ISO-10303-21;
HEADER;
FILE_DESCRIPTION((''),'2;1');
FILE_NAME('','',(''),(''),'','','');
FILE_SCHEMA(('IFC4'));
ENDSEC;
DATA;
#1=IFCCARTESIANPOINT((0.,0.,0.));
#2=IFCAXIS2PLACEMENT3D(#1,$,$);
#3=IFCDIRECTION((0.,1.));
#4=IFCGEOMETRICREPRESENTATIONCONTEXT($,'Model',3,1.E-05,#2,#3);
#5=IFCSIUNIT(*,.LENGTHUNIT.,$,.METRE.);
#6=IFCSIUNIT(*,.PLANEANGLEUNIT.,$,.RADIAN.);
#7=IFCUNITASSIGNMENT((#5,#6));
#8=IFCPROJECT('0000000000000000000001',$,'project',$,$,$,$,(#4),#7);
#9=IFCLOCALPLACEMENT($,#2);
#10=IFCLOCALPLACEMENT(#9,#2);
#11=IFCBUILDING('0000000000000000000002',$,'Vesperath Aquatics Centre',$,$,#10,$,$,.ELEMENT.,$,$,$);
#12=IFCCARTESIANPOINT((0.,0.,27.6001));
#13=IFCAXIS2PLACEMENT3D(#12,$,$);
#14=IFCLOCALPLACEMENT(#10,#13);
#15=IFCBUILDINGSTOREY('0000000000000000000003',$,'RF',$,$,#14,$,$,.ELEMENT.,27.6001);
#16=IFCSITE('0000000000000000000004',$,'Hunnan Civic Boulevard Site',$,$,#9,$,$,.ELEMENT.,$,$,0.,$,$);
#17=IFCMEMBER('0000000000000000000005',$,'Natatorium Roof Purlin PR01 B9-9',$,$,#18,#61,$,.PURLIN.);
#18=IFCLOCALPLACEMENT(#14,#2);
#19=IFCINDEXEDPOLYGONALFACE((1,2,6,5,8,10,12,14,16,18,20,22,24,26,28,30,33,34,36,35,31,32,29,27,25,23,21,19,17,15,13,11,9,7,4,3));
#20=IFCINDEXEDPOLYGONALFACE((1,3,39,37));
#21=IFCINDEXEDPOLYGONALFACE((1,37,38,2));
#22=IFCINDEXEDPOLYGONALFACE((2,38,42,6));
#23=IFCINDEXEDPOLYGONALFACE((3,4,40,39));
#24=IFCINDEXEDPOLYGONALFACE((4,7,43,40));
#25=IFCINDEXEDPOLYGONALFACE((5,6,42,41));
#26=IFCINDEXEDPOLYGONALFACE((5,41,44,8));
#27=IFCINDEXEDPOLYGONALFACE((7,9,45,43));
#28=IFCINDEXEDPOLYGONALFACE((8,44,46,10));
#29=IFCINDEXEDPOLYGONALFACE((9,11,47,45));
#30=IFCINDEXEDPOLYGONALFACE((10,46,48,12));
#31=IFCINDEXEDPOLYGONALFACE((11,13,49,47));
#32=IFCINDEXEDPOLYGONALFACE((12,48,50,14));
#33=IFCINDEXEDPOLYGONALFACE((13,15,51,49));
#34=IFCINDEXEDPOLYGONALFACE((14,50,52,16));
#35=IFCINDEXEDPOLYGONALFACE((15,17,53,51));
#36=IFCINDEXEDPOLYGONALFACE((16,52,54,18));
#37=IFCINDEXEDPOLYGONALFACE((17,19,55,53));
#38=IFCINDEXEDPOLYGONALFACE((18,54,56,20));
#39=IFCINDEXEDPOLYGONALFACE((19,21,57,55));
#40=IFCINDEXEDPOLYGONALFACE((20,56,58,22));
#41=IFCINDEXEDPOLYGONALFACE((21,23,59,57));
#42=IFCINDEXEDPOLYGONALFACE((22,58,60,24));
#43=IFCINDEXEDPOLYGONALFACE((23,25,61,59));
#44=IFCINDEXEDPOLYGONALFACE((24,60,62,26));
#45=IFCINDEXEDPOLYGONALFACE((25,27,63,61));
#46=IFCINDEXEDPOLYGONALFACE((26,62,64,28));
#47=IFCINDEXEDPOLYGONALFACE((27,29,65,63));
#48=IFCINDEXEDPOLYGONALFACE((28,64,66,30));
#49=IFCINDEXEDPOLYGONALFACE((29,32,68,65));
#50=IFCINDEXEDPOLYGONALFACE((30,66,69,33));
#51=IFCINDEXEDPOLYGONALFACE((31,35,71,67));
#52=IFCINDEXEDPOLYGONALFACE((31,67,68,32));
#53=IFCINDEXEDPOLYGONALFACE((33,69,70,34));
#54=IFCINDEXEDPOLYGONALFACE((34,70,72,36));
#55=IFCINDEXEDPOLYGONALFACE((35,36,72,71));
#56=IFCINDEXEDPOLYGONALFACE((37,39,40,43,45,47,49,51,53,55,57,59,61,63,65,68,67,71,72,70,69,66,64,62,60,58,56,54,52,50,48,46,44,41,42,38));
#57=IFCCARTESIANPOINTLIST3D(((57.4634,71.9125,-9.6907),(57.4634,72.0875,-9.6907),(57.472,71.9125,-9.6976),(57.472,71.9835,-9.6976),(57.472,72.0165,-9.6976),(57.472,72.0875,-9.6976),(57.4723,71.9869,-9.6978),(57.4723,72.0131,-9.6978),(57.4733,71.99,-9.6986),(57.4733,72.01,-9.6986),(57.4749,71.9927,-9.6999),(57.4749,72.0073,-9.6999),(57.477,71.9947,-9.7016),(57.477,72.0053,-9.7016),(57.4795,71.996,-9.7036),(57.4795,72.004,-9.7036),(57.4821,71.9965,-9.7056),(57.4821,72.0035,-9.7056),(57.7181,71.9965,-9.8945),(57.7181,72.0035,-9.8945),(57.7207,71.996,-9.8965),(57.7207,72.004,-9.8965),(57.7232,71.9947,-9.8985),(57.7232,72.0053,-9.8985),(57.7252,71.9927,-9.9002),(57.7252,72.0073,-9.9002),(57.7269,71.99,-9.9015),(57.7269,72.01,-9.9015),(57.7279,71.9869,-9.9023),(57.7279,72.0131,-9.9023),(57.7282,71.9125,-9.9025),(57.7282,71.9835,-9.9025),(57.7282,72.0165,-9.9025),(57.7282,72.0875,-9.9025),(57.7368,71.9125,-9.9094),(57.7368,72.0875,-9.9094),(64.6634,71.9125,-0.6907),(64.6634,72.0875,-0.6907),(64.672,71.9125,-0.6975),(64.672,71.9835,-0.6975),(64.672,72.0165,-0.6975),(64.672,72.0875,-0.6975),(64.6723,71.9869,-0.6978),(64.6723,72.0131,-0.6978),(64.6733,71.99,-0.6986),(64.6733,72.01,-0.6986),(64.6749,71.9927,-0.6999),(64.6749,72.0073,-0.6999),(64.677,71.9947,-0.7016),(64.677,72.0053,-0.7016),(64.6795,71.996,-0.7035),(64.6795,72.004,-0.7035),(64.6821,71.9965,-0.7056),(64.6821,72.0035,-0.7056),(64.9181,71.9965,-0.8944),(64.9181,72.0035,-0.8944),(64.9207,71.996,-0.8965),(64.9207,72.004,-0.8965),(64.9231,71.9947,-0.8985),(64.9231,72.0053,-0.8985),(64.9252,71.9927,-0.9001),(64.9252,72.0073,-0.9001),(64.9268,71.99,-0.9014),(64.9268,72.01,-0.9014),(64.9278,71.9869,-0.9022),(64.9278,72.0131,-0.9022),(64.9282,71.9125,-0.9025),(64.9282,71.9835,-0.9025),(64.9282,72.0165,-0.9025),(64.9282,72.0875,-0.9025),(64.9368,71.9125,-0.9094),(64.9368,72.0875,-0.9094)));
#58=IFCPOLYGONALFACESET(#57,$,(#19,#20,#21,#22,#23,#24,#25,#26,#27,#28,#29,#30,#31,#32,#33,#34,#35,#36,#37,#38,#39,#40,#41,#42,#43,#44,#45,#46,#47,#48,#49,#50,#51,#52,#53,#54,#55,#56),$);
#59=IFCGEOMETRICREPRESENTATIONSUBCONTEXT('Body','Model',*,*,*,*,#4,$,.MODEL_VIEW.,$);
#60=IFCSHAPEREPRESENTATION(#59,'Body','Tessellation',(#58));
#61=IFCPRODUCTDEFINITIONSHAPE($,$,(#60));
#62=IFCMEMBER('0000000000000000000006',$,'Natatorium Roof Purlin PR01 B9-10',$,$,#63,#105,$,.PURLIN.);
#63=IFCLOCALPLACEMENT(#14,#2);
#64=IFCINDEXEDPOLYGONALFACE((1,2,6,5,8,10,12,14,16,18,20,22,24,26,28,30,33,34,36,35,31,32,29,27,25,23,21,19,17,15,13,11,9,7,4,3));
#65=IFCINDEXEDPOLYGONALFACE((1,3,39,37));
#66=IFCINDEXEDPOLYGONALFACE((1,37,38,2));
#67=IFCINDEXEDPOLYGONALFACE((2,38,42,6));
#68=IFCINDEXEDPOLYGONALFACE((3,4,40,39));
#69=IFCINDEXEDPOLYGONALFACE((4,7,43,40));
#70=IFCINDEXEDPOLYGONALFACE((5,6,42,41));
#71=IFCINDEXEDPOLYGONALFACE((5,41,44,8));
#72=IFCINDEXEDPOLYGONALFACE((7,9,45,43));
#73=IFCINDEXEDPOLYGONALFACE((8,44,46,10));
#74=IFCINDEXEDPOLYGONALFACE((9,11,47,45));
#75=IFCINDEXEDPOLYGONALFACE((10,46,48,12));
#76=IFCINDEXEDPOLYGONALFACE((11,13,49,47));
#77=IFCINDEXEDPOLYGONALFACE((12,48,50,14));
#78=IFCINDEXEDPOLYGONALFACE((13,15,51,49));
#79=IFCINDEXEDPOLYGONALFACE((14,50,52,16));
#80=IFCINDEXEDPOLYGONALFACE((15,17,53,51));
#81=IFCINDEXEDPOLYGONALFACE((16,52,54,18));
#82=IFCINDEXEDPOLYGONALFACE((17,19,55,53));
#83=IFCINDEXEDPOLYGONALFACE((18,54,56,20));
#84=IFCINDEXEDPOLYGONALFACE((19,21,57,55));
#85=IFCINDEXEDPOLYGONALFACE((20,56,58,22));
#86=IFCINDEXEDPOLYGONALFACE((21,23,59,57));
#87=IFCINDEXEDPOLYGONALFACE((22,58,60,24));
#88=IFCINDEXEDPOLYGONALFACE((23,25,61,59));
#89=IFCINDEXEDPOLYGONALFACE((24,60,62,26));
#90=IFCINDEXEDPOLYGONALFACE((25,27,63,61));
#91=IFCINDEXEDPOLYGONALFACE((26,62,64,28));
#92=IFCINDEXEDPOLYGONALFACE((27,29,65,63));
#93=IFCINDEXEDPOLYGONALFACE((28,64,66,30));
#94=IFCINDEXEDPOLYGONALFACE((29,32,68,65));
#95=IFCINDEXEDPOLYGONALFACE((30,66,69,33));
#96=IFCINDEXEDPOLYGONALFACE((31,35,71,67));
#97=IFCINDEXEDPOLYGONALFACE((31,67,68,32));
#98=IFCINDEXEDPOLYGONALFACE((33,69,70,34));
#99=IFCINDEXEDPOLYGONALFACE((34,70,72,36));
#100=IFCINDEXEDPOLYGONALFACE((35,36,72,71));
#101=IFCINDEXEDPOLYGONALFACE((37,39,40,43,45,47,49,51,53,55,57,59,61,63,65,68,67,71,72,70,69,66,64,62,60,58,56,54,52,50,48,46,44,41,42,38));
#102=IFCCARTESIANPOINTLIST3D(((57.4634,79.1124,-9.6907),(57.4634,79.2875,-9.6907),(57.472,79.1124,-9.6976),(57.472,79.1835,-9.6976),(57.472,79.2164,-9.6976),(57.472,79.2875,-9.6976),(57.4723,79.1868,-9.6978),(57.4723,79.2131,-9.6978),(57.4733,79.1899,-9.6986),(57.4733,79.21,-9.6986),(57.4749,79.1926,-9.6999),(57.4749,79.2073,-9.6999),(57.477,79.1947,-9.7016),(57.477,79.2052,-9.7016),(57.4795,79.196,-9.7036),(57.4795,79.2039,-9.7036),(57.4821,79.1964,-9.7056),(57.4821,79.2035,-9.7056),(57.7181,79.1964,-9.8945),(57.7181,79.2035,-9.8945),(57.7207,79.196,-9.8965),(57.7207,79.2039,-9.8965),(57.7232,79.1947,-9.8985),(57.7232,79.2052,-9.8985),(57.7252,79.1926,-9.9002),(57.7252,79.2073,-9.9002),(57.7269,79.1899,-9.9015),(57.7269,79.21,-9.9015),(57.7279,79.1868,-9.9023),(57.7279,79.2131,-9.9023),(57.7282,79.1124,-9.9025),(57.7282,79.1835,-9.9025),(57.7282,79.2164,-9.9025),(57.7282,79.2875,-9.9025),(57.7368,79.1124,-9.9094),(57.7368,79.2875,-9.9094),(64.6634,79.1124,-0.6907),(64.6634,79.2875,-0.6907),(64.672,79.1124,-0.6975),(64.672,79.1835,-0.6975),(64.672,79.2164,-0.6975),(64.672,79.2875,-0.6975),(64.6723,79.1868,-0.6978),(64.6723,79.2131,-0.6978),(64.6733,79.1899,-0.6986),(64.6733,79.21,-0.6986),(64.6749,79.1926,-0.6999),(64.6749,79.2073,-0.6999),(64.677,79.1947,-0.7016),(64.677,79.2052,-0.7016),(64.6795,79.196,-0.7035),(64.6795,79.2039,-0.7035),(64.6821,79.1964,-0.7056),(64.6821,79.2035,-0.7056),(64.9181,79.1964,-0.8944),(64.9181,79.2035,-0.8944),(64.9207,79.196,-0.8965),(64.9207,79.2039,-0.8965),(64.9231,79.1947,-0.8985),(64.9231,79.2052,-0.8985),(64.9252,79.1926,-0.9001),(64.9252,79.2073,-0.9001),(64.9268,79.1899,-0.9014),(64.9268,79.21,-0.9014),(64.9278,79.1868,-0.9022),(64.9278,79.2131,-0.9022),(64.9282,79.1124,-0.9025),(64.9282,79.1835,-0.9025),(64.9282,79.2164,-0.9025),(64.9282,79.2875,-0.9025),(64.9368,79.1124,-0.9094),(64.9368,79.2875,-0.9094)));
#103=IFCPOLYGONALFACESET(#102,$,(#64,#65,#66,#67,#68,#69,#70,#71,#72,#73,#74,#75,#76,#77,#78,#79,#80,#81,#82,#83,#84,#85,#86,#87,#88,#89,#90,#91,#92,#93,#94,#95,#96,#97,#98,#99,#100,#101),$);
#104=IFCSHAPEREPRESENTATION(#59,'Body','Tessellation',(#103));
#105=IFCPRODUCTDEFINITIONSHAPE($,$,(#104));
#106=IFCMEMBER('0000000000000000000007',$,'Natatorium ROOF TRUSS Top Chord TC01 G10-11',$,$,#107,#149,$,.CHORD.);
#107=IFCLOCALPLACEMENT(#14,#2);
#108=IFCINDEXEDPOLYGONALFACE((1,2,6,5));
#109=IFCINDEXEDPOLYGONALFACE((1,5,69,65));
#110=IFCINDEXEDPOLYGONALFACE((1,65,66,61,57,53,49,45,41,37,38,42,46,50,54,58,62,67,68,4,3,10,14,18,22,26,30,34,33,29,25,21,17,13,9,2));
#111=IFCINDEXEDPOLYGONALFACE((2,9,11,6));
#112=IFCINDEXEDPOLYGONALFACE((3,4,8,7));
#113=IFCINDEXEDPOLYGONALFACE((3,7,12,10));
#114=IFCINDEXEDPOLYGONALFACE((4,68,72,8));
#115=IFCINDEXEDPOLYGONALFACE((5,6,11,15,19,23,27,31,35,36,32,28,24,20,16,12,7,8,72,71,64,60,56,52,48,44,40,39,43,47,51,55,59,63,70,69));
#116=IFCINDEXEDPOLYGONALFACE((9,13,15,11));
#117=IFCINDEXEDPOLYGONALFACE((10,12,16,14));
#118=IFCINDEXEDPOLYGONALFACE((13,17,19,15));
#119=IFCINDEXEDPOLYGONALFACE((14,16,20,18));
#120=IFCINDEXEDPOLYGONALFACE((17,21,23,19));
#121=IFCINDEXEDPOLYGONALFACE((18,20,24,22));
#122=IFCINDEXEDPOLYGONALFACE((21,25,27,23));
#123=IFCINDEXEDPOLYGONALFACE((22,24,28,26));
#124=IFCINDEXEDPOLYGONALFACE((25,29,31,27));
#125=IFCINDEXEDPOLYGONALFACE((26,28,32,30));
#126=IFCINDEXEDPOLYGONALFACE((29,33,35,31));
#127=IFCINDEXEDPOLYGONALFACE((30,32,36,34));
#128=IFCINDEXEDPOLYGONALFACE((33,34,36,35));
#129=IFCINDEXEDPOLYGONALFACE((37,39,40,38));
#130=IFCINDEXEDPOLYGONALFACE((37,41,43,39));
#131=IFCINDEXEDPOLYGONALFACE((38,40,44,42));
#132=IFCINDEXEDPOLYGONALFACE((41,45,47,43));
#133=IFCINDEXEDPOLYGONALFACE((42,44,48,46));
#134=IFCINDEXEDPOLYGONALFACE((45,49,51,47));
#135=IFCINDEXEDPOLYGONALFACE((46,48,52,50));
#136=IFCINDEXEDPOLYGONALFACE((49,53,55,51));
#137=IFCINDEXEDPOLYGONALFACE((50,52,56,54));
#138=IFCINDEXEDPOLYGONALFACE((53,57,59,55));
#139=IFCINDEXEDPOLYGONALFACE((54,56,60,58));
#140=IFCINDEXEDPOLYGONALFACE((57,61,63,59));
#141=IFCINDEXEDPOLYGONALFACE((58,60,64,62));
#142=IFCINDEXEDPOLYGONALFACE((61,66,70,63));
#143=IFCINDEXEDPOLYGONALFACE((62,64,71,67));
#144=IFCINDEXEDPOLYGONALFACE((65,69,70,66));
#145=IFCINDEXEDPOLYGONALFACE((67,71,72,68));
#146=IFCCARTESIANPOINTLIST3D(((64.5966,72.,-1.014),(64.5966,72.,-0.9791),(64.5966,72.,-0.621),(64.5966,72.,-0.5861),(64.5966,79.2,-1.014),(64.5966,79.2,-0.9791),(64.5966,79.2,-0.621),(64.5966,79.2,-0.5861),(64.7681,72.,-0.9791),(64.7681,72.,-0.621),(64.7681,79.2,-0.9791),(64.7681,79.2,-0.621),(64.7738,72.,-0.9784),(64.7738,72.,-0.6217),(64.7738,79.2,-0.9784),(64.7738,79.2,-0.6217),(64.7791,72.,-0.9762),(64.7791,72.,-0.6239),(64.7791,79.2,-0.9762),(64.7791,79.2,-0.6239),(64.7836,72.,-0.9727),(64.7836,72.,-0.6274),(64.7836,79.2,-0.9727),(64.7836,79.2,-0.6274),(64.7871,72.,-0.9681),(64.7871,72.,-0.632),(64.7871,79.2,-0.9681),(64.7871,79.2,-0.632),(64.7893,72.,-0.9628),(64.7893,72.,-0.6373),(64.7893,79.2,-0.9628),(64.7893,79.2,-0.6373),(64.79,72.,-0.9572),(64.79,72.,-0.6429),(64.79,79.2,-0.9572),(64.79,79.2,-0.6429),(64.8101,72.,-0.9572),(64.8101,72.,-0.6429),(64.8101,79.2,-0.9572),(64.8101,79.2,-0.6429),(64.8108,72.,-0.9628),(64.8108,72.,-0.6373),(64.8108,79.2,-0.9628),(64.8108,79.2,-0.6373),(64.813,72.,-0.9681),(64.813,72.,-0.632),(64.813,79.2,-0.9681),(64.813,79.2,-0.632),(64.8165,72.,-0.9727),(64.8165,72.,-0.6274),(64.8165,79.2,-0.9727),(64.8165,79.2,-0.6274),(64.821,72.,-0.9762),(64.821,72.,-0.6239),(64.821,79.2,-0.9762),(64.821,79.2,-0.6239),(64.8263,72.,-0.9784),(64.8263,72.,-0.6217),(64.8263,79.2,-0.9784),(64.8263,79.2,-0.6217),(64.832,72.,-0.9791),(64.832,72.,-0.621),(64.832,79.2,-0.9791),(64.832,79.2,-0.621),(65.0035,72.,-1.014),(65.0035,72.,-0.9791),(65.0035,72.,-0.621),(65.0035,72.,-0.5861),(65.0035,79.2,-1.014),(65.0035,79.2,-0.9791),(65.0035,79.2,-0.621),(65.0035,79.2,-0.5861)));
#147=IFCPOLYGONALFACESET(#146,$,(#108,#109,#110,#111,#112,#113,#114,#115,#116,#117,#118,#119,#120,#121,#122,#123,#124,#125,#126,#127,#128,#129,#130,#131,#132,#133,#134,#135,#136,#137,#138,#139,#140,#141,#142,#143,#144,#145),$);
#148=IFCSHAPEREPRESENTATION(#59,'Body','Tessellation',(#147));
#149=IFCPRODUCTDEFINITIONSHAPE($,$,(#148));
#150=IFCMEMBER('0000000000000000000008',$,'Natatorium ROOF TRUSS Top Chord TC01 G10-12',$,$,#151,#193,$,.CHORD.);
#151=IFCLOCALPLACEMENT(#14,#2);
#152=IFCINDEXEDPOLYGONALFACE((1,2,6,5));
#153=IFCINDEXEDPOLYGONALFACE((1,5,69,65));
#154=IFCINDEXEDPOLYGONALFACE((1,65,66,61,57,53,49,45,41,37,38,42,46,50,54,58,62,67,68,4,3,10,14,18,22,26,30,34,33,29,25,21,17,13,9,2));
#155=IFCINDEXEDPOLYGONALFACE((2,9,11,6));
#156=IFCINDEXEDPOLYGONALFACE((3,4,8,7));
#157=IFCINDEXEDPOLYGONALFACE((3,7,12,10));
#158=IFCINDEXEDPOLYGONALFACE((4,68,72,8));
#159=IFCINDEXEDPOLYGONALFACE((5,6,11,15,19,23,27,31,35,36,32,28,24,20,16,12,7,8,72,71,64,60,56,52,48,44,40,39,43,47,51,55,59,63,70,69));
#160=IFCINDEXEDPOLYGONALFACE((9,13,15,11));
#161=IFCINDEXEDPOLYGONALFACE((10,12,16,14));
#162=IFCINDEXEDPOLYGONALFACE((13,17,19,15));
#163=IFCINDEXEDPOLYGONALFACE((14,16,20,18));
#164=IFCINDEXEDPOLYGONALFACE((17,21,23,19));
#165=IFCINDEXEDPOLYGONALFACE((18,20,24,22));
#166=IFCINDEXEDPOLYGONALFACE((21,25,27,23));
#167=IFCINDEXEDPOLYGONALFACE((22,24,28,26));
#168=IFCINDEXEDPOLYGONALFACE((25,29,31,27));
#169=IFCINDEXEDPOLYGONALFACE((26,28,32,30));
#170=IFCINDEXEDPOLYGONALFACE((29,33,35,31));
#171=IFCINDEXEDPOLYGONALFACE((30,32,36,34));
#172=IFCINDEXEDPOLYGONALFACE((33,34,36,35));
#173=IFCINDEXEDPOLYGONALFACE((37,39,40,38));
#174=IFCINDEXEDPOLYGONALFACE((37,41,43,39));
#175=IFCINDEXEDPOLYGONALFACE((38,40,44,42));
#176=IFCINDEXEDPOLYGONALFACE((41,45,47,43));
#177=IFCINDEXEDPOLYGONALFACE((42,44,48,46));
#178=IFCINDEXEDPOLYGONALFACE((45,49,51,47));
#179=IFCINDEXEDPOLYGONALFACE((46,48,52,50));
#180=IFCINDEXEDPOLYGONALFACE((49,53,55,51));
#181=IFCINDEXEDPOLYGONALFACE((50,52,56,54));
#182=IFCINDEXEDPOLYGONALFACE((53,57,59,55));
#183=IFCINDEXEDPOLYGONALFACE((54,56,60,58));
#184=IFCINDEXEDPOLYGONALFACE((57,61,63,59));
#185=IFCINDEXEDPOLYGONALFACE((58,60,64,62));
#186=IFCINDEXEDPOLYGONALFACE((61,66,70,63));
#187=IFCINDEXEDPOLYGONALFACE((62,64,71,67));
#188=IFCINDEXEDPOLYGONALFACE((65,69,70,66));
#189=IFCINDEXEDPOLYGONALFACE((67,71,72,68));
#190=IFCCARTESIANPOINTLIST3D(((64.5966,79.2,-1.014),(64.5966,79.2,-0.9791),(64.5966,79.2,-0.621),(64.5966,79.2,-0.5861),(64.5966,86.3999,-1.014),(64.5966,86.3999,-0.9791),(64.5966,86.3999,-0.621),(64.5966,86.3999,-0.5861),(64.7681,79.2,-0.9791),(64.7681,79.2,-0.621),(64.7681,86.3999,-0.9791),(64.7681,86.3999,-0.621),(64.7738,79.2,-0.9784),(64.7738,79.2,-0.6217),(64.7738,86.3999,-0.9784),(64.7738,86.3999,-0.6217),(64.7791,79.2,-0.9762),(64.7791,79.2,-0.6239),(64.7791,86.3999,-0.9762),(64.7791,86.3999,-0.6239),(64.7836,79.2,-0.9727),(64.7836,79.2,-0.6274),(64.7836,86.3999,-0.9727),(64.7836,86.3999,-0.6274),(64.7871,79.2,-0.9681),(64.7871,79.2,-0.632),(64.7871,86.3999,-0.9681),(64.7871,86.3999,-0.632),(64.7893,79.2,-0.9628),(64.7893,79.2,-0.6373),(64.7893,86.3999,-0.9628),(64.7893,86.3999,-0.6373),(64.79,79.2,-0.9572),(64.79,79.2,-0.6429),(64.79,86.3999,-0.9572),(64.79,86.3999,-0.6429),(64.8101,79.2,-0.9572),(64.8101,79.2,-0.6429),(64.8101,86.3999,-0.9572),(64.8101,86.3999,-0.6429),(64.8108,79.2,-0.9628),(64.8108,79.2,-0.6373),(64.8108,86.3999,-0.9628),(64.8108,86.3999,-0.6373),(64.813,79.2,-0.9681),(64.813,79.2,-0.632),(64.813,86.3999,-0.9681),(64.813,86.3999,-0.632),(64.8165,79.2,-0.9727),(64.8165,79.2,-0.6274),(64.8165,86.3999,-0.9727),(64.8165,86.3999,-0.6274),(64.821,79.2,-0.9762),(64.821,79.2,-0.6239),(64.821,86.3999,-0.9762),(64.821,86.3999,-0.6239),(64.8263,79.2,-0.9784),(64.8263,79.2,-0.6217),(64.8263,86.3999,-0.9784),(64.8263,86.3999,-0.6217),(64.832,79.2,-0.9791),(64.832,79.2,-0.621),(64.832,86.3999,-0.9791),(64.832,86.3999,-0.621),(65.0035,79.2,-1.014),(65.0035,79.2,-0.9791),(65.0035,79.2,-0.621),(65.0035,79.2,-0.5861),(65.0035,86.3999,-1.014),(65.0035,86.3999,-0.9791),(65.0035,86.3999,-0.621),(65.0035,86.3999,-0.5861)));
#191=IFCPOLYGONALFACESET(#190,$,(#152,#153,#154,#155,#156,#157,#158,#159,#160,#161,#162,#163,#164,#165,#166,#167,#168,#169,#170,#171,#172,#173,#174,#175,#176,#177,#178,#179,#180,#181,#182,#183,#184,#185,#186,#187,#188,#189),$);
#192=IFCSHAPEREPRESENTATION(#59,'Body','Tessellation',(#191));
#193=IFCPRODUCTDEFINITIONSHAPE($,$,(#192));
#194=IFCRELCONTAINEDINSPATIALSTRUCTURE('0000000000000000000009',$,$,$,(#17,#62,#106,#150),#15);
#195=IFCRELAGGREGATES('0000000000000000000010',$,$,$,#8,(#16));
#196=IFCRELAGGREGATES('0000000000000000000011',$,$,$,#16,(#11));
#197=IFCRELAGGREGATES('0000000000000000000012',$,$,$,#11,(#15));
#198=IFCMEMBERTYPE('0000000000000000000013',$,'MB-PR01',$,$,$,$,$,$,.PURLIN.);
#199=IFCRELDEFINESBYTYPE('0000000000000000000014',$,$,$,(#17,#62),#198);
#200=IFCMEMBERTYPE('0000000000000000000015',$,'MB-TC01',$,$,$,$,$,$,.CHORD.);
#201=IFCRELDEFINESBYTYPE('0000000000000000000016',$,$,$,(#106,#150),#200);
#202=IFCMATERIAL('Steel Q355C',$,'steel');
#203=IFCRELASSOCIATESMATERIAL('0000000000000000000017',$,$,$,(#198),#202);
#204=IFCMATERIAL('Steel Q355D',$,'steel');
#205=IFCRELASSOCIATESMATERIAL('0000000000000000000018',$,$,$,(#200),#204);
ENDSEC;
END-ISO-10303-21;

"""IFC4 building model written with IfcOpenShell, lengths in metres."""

from ifc_helpers import new_model, si_unit, direction, frame, origin, origin_2d, place, context, subcontext, project, spatial, i_section, extrude, material, material_profile, profile_set, type_object, element, save


model = new_model("IFC4")

# Units and contexts
model_context = context("Model", 3, precision=1e-05, world=origin(), true_north=direction((0.0, 1.0)))
body_context = subcontext(model_context, "Body", "Model", "MODEL_VIEW")
ifc_project = project(units=[si_unit("LENGTHUNIT", "METRE"), si_unit("PLANEANGLEUNIT", "RADIAN")], contexts=[model_context])

# Site, building, storey
site_placement = place(None, origin())
site = spatial("IfcSite", under=ifc_project, at=site_placement, Name="Hunnan Civic Boulevard Site", CompositionType="ELEMENT", RefElevation=0.0)
building_placement = place(site_placement, origin())
building = spatial("IfcBuilding", under=site, at=building_placement, Name="Vesperath Aquatics Centre", CompositionType="ELEMENT")
storey_placement = place(building_placement, frame((0.0, 0.0, 27.6001)))
storey = spatial("IfcBuildingStorey", under=building, at=storey_placement, Name="RF", CompositionType="ELEMENT", Elevation=27.6001)

# Shared definitions
ifc_material_1 = material(Name="Steel Q355C", Category="steel")

# Members
ifc_material_2 = material(Name="Steel Q355D", Category="steel")
ifc_material_profile_1 = material_profile(ifc_material_1, i_section(OverallWidth=0.175, OverallDepth=0.3501, WebThickness=0.0071, FlangeThickness=0.011, FilletRadius=0.0129, at=origin_2d()), Name="HN 350x175x7x11")
ifc_profile_set_1 = profile_set([ifc_material_profile_1], Name="Steel Q355C")
member_type_1 = type_object("IfcMemberType", Name="MB-PR01", PredefinedType="PURLIN", material=ifc_profile_set_1)
for number, where, z_axis, x_axis, name in (
    (1, (57.6001, 72.0, -9.8), (0.624692, 0.0, 0.780871), (0.0, 1.0, 0.0), "Natatorium Roof Purlin PR01 B9-9"),
    (2, (57.6001, 79.2, -9.8), (0.624692, 0.0, 0.780871), (0.0, 1.0, 0.0), "Natatorium Roof Purlin PR01 B9-10"),
):
    element("IfcMember", number, at=place(storey_placement, frame(where, z_axis=z_axis, x_axis=x_axis)), inside=storey, type_object=member_type_1, Name=name, PredefinedType="PURLIN", context=body_context, shape_type="SweptSolid", body=[
        extrude(i_section(OverallWidth=0.175, OverallDepth=0.3501, WebThickness=0.0071, FlangeThickness=0.011, FilletRadius=0.0129, at=origin_2d()), origin(), (0.0, 0.0, 1.0), 11.5256),
    ])
ifc_material_profile_2 = material_profile(ifc_material_2, i_section(OverallWidth=0.407, OverallDepth=0.428, WebThickness=0.02, FlangeThickness=0.0349, FilletRadius=0.022, at=origin_2d()), Name="HW 428x407x20x35")
ifc_profile_set_2 = profile_set([ifc_material_profile_2], Name="Steel Q355D")
member_type_2 = type_object("IfcMemberType", Name="MB-TC01", PredefinedType="CHORD", material=ifc_profile_set_2)
for number, where, z_axis, x_axis, name in (
    (3, (64.8, 72.0, -0.8), (0.0, 1.0, 0.0), (-1.0, 0.0, 0.0), "Natatorium ROOF TRUSS Top Chord TC01 G10-11"),
    (4, (64.8, 79.2, -0.8), (0.0, 1.0, 0.0), (-1.0, 0.0, 0.0), "Natatorium ROOF TRUSS Top Chord TC01 G10-12"),
):
    element("IfcMember", number, at=place(storey_placement, frame(where, z_axis=z_axis, x_axis=x_axis)), inside=storey, type_object=member_type_2, Name=name, PredefinedType="CHORD", context=body_context, shape_type="SweptSolid", body=[
        extrude(i_section(OverallWidth=0.407, OverallDepth=0.428, WebThickness=0.02, FlangeThickness=0.0349, FilletRadius=0.022, at=origin_2d()), origin(), (0.0, 0.0, 1.0), 7.2),
    ])

save(model, "model.ifc")
